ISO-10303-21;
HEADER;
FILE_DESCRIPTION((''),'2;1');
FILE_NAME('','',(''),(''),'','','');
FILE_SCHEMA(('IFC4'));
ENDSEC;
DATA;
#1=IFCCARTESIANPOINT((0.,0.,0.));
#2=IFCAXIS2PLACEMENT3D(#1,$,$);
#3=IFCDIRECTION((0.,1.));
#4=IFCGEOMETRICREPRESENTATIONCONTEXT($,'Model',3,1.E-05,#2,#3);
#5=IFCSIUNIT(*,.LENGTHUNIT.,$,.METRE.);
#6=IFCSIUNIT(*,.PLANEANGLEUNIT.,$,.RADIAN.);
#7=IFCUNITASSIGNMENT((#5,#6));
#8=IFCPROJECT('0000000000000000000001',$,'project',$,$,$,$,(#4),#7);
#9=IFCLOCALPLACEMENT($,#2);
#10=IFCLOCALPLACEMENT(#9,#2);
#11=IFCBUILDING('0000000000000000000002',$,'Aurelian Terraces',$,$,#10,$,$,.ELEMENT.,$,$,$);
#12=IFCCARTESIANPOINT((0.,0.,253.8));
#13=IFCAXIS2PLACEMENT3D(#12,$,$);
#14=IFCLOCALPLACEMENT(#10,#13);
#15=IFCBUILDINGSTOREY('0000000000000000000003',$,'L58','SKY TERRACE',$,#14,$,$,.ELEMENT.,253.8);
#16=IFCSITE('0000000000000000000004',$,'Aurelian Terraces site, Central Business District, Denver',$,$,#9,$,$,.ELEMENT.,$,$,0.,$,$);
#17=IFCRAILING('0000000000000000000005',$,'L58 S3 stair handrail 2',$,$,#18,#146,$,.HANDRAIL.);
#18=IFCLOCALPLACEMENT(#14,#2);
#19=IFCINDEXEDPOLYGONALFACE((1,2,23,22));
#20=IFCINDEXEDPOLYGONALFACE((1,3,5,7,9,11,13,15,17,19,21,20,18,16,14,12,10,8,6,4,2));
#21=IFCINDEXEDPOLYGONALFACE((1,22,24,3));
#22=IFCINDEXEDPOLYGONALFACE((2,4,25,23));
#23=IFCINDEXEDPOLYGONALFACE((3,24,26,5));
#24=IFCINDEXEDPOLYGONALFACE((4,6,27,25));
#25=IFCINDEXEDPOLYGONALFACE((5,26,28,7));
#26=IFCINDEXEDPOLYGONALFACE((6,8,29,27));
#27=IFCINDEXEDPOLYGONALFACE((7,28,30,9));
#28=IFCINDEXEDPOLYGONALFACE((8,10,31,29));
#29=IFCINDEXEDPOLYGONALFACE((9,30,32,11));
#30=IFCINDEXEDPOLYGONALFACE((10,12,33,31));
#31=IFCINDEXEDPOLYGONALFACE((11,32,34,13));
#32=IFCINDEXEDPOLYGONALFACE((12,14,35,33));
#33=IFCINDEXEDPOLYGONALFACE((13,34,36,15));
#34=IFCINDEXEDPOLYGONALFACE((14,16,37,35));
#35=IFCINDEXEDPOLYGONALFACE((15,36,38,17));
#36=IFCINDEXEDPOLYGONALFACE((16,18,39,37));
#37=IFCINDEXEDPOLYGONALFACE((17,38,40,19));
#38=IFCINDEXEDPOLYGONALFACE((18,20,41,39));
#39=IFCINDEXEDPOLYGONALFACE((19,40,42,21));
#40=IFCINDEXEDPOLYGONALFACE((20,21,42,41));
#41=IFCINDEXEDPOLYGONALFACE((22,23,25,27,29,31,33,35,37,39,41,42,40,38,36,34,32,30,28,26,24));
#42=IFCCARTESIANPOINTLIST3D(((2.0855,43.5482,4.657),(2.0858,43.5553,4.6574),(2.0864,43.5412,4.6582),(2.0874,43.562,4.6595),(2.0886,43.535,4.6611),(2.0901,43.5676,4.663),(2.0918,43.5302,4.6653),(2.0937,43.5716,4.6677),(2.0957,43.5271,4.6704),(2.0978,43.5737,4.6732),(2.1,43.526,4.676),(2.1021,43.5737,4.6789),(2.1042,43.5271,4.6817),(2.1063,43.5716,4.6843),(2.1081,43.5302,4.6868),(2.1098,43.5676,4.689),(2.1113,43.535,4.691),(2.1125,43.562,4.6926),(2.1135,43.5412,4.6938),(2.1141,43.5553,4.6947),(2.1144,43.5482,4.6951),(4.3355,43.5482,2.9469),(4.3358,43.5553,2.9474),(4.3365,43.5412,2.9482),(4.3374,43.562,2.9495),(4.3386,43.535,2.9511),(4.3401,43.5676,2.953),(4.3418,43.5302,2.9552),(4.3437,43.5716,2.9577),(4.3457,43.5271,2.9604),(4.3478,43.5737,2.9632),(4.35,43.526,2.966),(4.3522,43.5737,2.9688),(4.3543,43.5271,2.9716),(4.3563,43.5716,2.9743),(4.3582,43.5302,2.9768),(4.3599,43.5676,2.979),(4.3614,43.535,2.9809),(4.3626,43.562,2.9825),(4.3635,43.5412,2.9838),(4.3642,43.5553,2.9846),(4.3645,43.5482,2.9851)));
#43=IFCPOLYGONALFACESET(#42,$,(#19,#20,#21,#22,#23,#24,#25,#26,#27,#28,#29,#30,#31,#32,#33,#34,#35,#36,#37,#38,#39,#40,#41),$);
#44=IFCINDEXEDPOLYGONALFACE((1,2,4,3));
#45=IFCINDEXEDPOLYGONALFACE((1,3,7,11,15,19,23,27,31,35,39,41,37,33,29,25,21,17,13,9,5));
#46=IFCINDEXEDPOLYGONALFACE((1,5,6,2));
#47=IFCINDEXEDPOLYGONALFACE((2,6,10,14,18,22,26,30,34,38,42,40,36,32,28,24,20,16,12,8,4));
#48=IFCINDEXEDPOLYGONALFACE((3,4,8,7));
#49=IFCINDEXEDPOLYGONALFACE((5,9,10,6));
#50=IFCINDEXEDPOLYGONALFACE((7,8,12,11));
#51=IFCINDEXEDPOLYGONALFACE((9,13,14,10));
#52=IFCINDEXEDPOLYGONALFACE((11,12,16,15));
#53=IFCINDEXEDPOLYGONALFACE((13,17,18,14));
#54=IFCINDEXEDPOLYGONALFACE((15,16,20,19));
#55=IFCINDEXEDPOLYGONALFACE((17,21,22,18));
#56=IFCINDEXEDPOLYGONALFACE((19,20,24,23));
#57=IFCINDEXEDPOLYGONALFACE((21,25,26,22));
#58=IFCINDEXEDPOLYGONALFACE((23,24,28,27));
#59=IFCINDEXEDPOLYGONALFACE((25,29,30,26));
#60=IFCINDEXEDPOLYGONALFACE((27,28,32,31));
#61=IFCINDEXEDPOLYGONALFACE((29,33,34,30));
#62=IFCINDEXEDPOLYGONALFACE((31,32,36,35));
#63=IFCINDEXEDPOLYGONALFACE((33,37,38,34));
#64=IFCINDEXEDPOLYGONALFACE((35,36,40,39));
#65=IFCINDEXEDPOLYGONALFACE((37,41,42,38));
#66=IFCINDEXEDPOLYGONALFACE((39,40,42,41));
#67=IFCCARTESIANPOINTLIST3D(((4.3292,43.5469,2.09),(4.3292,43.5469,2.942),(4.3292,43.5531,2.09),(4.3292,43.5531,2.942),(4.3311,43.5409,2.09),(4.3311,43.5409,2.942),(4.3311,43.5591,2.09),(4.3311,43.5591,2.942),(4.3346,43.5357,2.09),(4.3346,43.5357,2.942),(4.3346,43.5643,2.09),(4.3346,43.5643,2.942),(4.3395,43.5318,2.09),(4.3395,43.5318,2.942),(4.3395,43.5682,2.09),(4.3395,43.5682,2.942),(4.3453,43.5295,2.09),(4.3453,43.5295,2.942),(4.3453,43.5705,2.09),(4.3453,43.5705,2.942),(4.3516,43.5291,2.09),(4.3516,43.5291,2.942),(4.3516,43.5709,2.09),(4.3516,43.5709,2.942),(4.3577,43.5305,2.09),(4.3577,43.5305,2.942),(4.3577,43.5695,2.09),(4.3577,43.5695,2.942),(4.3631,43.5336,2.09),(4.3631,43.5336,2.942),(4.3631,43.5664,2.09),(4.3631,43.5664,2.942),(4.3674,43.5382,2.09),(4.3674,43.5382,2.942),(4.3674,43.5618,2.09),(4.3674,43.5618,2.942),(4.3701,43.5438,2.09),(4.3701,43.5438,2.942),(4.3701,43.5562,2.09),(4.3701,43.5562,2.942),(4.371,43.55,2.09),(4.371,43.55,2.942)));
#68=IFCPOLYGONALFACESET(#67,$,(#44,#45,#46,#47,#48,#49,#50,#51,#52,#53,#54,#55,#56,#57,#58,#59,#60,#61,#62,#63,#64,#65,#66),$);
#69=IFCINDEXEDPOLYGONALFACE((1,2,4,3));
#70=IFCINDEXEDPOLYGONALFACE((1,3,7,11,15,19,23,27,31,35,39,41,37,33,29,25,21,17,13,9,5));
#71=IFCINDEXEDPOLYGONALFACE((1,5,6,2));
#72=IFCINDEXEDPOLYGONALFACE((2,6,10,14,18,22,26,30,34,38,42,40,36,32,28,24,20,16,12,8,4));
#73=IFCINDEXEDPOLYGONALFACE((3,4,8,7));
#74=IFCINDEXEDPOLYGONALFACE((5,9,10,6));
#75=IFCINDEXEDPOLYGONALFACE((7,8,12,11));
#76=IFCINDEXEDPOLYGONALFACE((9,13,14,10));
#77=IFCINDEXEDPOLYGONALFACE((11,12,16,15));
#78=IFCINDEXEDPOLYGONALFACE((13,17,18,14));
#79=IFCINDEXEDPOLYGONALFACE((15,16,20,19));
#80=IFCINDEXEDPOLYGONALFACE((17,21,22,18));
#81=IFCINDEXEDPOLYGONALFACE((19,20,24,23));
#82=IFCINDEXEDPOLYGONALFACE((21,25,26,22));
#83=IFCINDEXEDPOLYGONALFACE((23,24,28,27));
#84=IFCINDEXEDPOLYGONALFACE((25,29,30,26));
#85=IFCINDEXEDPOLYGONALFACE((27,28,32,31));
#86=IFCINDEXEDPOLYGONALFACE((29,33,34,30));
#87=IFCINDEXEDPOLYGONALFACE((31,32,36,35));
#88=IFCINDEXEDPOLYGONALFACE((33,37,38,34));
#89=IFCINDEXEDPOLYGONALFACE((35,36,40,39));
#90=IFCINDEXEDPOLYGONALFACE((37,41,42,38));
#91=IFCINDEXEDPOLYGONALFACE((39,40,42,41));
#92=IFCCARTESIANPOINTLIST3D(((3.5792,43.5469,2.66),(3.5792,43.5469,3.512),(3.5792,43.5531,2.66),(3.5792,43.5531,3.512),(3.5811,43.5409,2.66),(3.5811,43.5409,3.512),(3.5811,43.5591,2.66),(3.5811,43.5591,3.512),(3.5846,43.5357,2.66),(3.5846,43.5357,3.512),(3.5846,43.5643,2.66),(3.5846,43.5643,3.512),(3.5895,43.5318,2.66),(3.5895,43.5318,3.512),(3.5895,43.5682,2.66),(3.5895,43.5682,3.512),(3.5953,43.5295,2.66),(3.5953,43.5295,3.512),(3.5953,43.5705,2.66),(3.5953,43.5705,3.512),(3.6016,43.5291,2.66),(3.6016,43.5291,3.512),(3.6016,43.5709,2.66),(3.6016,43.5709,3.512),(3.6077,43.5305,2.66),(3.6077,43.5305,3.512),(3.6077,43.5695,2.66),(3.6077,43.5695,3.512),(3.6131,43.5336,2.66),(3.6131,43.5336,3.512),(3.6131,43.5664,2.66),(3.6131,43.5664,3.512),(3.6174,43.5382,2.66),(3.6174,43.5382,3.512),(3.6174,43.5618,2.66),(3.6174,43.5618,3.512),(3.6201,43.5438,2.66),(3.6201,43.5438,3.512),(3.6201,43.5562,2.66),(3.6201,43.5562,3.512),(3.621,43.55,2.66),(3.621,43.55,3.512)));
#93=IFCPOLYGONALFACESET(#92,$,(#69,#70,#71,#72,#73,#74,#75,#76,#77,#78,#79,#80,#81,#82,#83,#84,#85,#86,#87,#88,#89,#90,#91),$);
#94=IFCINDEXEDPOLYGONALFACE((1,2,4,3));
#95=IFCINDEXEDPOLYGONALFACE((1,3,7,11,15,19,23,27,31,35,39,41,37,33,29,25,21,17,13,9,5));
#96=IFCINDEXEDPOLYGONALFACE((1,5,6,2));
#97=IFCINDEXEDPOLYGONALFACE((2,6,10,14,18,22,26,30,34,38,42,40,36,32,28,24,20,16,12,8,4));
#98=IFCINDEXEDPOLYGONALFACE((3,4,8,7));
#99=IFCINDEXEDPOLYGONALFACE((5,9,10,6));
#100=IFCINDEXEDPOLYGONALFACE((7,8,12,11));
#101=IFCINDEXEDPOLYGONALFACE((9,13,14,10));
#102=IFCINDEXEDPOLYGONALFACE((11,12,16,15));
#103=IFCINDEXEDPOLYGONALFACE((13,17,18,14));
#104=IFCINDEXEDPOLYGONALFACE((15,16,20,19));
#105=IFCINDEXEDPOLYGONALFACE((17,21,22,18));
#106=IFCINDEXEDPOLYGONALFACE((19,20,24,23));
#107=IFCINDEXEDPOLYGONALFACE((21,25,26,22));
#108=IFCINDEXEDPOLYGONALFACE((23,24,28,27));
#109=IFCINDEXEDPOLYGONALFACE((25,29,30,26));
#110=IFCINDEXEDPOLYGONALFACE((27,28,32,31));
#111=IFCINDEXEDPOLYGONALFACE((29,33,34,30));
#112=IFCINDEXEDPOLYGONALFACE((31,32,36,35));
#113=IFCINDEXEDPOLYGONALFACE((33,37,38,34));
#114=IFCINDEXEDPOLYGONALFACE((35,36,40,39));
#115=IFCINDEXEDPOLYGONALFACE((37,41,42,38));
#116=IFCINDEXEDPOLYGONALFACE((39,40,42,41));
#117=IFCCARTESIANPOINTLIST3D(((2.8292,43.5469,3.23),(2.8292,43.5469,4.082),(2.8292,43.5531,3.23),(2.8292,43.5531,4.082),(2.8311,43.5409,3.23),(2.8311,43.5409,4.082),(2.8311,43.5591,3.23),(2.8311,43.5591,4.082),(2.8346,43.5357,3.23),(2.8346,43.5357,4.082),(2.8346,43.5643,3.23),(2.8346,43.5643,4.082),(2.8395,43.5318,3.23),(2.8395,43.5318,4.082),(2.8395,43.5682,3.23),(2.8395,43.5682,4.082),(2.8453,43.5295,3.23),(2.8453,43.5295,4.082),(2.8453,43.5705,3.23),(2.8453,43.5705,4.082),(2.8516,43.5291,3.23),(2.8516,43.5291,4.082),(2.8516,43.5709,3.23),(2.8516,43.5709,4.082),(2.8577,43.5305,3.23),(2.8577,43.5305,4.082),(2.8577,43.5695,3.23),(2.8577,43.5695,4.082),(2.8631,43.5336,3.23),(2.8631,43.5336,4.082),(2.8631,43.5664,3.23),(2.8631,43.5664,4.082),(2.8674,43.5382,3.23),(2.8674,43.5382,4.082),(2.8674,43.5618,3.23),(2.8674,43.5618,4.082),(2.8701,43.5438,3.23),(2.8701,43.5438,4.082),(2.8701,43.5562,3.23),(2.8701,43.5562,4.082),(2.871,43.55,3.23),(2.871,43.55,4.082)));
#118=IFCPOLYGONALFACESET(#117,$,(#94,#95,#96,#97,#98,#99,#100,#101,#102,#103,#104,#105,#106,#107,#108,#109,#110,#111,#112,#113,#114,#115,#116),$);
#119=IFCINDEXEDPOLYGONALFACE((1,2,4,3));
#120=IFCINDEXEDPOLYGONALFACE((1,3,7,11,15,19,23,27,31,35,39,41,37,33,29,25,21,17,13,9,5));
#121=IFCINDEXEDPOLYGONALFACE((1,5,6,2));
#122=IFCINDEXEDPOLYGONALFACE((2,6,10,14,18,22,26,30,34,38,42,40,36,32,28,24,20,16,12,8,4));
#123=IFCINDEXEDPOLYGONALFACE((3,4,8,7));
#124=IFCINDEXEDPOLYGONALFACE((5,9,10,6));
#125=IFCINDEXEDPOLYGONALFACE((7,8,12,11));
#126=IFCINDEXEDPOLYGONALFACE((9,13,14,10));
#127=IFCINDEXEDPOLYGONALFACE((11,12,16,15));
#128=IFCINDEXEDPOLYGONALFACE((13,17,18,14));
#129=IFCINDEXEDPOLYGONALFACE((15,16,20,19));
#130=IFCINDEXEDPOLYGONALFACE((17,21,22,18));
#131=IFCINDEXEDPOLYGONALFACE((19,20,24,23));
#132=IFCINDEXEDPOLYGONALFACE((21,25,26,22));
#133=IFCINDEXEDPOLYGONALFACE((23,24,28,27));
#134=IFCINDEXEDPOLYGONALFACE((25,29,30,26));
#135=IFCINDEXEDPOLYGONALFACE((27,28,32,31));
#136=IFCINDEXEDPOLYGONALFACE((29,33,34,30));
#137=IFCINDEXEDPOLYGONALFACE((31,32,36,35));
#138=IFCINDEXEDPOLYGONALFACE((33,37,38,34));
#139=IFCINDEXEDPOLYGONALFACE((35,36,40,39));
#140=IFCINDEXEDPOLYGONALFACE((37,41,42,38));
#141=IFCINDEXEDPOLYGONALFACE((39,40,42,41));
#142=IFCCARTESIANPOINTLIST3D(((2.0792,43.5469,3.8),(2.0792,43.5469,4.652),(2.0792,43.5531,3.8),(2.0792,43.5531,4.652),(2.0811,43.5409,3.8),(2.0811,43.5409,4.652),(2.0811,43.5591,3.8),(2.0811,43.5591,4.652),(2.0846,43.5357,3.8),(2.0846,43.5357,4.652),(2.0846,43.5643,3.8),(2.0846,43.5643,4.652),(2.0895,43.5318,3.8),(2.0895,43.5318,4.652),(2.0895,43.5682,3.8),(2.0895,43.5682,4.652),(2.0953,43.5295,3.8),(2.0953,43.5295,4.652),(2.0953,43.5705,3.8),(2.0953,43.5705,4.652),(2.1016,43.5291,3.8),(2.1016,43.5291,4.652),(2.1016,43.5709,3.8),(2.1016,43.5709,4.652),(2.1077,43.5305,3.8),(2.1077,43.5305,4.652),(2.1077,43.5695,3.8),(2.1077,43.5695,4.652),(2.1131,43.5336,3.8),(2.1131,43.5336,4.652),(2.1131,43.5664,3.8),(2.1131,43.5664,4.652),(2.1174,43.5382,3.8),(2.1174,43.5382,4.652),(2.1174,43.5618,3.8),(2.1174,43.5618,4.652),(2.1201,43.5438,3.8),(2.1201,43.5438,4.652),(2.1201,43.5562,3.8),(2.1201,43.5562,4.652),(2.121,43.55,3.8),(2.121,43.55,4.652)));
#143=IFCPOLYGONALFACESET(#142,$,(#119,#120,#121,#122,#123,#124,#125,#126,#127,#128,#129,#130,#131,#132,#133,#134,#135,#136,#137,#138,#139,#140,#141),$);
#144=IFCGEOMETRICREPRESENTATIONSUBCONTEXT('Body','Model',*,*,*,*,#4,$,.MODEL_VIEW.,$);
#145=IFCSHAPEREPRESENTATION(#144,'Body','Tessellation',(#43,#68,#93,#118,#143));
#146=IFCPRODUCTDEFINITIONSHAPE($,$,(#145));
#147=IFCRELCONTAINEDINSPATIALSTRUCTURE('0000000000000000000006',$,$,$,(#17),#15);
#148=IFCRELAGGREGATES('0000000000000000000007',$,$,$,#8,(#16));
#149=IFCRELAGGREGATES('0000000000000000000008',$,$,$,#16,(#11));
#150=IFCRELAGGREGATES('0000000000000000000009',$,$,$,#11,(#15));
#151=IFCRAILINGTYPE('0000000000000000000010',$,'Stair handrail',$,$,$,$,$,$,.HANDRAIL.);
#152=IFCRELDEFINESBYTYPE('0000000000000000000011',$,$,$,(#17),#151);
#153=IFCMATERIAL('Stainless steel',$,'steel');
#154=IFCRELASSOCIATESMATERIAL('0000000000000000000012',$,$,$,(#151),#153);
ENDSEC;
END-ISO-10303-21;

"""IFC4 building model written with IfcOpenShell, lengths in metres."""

from ifc_helpers import new_model, si_unit, direction, frame, origin, origin_2d, place, context, subcontext, project, spatial, circle, extrude, source, transform, mapped, material, type_object, element, save


model = new_model("IFC4")

# Units and contexts
model_context = context("Model", 3, precision=1e-05, world=origin(), true_north=direction((0.0, 1.0)))
body_context = subcontext(model_context, "Body", "Model", "MODEL_VIEW")
ifc_project = project(units=[si_unit("LENGTHUNIT", "METRE"), si_unit("PLANEANGLEUNIT", "RADIAN")], contexts=[model_context])

# Site, building, storey
site_placement = place(None, origin())
site = spatial("IfcSite", under=ifc_project, at=site_placement, Name="Aurelian Terraces site, Central Business District, Denver", CompositionType="ELEMENT", RefElevation=0.0)
building_placement = place(site_placement, origin())
building = spatial("IfcBuilding", under=site, at=building_placement, Name="Aurelian Terraces", CompositionType="ELEMENT")
storey_placement = place(building_placement, frame((0.0, 0.0, 253.8)))
storey = spatial("IfcBuildingStorey", under=building, at=storey_placement, Name="L58", Description="SKY TERRACE", CompositionType="ELEMENT", Elevation=253.8)

# Railing
ifc_material_1 = material(Name="Stainless steel", Category="steel")
railing_type_1 = type_object("IfcRailingType", Name="Stair handrail", PredefinedType="HANDRAIL", material=ifc_material_1)
shared_shape_1 = source(origin(), body_context, "Body", "SweptSolid", [
    extrude(circle(Radius=0.024, at=origin_2d()), frame((0.0, 0.0, 0.876), z_axis=(-0.796162, 0.0, 0.605083), x_axis=(0.0, -1.0, 0.0)), (0.0, 0.0, 1.0), 2.8261),
    extrude(circle(Radius=0.021, at=origin_2d()), origin(), (0.0, 0.0, 1.0), 0.852),
    extrude(circle(Radius=0.021, at=origin_2d()), frame((-0.75, 0.0, 0.57)), (0.0, 0.0, 1.0), 0.852),
    extrude(circle(Radius=0.021, at=origin_2d()), frame((-1.5, 0.0, 1.14)), (0.0, 0.0, 1.0), 0.852),
    extrude(circle(Radius=0.021, at=origin_2d()), frame((-2.25, 0.0, 1.71)), (0.0, 0.0, 1.0), 0.852),
])
railing_1_placement = place(storey_placement, frame((4.35, 43.55, 2.09)))
element("IfcRailing", 1, at=railing_1_placement, inside=storey, type_object=railing_type_1, Name="L58 S3 stair handrail 2", PredefinedType="HANDRAIL", context=body_context, shape_type="MappedRepresentation", body=[
    mapped(shared_shape_1, transform((0.0, 0.0, 0.0), scale=1.0)),
])

save(model, "model.ifc")
